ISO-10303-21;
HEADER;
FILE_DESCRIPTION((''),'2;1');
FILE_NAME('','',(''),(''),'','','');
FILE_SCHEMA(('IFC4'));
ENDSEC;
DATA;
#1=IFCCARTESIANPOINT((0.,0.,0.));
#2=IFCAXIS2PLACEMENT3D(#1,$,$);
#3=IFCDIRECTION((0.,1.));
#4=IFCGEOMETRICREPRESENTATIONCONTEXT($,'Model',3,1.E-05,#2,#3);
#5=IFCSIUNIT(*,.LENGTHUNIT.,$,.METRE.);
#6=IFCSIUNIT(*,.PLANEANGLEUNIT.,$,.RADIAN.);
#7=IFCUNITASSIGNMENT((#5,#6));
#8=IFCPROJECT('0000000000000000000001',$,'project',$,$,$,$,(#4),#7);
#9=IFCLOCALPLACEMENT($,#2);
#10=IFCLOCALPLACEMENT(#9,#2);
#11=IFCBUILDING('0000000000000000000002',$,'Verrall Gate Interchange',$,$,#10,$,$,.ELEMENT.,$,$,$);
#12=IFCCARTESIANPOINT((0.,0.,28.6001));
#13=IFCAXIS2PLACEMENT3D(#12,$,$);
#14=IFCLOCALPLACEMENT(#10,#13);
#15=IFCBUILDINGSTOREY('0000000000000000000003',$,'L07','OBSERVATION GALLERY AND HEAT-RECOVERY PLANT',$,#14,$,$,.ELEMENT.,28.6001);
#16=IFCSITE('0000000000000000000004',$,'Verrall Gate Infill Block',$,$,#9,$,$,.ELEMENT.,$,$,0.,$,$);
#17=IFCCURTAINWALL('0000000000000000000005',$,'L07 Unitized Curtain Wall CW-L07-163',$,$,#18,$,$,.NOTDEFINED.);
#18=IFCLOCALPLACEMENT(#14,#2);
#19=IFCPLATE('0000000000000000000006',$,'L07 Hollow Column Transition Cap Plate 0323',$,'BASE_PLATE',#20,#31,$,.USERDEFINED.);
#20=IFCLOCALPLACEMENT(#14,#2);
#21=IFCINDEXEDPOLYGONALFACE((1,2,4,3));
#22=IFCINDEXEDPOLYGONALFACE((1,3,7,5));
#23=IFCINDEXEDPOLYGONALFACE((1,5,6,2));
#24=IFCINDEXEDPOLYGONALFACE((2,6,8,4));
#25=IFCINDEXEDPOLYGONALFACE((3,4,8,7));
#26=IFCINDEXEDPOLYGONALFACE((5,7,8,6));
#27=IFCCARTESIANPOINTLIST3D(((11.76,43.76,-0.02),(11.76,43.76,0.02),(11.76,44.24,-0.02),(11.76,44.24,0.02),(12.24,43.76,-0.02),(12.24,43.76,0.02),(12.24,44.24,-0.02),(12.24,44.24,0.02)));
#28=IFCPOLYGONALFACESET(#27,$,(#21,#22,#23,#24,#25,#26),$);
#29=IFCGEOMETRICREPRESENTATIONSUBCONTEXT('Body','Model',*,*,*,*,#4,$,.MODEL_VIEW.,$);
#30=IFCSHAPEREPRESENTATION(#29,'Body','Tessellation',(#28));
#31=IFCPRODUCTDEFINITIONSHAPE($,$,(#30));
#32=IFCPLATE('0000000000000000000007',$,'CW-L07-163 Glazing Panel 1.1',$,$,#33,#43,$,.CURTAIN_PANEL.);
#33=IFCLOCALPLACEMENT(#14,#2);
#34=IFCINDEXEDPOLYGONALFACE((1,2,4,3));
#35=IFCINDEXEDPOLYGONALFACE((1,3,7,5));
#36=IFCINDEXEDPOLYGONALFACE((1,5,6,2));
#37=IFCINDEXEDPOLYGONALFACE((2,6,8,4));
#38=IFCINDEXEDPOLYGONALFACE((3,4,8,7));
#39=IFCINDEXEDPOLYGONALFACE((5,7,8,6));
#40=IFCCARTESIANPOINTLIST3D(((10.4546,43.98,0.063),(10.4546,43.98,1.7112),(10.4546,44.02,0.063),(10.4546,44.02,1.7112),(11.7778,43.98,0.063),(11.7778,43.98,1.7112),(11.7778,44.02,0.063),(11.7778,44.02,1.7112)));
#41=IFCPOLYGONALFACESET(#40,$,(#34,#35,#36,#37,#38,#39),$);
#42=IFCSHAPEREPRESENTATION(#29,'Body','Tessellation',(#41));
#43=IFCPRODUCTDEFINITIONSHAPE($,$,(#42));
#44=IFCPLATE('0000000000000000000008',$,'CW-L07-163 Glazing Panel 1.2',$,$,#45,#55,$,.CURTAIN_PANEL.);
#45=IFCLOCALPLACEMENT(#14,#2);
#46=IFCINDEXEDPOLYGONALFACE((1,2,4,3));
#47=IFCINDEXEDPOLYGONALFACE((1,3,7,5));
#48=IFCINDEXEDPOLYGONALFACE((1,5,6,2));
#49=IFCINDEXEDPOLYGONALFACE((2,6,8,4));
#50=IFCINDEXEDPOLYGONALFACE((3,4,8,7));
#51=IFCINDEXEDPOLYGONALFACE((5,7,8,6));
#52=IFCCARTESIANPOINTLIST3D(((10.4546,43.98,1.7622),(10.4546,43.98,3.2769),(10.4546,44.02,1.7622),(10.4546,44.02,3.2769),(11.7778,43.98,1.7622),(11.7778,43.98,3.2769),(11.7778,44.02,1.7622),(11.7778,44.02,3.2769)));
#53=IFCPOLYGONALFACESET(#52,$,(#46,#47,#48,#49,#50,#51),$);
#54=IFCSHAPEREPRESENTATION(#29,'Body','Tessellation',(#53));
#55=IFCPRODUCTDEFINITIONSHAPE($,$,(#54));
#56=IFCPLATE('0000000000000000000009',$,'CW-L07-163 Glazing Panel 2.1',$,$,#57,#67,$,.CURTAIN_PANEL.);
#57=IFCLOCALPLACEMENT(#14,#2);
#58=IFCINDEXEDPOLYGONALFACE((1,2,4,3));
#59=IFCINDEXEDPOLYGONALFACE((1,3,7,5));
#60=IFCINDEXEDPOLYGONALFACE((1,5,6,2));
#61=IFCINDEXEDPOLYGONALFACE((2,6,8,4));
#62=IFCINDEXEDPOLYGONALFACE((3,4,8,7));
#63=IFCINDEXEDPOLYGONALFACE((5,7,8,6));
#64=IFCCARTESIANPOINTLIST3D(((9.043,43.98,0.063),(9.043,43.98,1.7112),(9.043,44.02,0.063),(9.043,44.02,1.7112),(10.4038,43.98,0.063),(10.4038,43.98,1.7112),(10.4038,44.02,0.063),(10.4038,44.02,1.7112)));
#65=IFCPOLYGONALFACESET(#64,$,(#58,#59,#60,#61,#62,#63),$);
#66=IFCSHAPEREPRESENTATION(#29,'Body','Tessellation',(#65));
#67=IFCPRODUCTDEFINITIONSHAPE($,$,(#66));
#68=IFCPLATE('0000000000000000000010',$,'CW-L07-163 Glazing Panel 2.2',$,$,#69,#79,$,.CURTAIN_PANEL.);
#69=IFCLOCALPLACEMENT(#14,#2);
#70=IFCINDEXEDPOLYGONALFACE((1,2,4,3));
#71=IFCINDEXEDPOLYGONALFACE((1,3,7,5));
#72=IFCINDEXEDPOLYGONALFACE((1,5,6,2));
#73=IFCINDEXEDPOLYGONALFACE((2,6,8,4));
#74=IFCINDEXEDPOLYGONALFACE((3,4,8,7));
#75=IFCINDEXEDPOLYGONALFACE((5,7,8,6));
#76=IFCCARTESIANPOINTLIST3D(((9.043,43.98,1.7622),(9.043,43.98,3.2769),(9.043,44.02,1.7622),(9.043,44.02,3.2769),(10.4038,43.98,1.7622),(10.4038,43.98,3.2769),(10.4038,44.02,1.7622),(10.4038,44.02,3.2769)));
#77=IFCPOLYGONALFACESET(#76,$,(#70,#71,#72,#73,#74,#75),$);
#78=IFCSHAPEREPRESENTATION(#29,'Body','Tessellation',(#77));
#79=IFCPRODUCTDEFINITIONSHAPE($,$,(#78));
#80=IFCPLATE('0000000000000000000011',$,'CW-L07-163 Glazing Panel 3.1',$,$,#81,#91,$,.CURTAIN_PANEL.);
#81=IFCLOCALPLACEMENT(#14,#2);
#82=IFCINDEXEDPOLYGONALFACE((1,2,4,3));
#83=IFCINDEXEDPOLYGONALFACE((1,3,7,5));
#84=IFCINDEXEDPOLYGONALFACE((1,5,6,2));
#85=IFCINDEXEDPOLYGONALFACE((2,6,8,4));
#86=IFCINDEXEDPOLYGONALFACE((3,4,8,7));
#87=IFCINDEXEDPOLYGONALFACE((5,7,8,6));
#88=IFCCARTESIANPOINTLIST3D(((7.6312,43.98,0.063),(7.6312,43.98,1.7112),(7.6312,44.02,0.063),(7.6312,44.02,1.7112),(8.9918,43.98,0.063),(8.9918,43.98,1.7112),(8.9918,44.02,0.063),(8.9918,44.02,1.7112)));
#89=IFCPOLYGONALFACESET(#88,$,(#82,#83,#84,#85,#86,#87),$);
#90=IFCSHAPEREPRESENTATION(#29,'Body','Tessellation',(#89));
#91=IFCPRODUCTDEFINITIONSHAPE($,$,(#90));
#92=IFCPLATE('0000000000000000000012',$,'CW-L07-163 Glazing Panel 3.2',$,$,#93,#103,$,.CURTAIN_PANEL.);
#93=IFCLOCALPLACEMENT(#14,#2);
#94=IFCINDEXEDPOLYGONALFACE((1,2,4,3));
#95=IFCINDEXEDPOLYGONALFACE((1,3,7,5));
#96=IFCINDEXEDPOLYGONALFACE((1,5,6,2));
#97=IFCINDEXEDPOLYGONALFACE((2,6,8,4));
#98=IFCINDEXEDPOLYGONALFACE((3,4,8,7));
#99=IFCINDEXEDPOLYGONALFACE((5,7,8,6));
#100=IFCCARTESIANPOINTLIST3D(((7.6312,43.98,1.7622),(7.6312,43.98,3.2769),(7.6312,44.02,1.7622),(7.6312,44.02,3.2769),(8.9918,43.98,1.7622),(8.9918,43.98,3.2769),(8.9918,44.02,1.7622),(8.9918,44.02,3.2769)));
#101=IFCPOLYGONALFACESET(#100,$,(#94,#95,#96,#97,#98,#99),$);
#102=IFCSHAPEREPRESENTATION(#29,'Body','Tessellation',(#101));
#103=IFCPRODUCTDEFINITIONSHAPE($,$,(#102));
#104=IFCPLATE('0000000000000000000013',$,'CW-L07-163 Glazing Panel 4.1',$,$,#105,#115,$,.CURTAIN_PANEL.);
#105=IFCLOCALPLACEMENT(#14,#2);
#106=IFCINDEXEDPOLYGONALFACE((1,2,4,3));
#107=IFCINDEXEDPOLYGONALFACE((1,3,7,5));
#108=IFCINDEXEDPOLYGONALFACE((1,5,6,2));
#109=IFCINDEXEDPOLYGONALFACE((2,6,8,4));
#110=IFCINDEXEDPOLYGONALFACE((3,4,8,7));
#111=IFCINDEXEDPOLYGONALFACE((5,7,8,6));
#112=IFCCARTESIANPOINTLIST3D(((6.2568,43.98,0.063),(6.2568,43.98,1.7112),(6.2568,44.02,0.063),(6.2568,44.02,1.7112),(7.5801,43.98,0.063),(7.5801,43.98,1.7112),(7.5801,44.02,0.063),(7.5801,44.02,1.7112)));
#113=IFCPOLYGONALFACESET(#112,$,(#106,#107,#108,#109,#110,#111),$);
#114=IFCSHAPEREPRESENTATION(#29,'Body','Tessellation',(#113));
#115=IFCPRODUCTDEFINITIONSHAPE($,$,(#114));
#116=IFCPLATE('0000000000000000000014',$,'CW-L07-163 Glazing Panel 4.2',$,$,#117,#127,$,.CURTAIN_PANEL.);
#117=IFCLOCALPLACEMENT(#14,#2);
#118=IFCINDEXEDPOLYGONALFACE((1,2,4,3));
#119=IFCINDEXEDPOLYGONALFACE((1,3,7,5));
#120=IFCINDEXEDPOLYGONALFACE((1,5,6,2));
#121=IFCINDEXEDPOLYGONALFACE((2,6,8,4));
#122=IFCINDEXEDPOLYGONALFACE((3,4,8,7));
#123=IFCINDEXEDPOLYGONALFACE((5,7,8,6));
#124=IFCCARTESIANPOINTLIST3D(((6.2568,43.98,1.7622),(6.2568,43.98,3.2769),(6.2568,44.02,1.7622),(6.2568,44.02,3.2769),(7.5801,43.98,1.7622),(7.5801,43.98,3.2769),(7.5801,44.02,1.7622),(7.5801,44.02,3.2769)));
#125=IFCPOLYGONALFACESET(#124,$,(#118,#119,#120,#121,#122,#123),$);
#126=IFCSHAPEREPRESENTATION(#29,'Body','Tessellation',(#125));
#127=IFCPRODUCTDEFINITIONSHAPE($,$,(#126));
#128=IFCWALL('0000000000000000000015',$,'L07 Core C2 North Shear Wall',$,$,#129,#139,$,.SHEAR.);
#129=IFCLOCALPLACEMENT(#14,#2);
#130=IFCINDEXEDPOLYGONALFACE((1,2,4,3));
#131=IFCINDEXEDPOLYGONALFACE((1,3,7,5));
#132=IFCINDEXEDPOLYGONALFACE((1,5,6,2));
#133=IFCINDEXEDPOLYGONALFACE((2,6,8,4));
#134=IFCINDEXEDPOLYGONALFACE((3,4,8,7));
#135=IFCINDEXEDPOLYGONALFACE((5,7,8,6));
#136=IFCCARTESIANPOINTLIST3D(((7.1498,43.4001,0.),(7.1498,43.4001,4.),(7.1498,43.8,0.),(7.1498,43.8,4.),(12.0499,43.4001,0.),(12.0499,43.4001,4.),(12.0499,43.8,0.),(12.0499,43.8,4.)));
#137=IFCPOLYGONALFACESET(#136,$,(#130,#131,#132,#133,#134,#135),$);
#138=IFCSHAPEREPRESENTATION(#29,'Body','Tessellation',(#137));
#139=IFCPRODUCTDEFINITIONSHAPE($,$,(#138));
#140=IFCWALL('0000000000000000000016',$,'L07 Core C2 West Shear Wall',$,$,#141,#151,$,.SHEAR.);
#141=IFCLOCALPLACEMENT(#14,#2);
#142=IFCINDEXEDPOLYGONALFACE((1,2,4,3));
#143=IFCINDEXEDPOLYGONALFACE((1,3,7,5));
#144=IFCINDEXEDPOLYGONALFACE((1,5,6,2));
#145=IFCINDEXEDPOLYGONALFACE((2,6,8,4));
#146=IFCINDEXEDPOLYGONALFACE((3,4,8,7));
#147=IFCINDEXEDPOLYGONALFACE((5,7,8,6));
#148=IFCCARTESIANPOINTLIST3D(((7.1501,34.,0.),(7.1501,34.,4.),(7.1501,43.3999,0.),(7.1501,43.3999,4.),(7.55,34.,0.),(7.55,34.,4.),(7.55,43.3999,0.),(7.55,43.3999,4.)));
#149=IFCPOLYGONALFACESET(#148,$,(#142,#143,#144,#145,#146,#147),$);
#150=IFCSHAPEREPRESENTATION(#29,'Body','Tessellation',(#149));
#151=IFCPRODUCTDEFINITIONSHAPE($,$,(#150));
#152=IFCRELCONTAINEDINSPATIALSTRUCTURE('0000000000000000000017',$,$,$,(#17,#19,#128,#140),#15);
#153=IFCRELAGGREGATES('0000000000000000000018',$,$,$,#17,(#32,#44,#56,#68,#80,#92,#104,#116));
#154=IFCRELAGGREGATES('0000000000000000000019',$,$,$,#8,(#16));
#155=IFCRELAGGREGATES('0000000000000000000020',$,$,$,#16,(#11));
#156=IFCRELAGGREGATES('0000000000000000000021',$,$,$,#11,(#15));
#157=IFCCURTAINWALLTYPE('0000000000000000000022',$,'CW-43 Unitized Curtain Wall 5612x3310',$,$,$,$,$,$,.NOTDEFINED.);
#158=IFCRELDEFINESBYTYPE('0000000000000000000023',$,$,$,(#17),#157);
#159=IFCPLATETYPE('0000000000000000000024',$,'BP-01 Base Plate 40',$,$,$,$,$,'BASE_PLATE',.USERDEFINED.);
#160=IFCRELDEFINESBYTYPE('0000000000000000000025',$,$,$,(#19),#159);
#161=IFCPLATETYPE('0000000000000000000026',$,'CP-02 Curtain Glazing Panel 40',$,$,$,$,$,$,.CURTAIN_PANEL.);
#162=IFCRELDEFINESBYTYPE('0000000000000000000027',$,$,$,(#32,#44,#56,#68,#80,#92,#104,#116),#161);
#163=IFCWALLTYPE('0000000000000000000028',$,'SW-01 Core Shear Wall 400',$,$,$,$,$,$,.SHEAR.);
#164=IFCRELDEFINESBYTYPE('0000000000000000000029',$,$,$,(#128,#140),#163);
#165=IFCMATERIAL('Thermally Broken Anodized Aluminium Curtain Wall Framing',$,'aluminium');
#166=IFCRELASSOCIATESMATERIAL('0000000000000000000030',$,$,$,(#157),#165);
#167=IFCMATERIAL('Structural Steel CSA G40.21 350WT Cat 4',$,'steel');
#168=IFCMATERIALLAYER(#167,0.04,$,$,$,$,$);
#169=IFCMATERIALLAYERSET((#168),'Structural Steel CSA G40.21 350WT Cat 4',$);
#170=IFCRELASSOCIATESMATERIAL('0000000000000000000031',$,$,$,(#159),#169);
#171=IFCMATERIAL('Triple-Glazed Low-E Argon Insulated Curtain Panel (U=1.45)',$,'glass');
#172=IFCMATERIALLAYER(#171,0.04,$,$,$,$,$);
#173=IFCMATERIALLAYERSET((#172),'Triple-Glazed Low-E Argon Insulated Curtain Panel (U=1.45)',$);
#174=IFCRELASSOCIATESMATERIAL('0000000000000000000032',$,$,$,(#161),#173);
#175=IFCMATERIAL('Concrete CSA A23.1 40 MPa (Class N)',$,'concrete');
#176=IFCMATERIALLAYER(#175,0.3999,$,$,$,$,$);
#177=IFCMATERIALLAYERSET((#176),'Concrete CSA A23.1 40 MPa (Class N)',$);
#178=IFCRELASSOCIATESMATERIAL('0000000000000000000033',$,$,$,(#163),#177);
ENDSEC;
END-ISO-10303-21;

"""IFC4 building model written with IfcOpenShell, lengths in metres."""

from ifc_helpers import new_model, si_unit, direction, frame, frame_2d, origin, origin_2d, place, context, subcontext, project, spatial, rectangle, extrude, material, layer, layer_set, type_object, element, aggregate, save


model = new_model("IFC4")

# Units and contexts
model_context = context("Model", 3, precision=1e-05, world=origin(), true_north=direction((0.0, 1.0)))
body_context = subcontext(model_context, "Body", "Model", "MODEL_VIEW")
ifc_project = project(units=[si_unit("LENGTHUNIT", "METRE"), si_unit("PLANEANGLEUNIT", "RADIAN")], contexts=[model_context])

# Site, building, storey
site_placement = place(None, origin())
site = spatial("IfcSite", under=ifc_project, at=site_placement, Name="Verrall Gate Infill Block", CompositionType="ELEMENT", RefElevation=0.0)
building_placement = place(site_placement, origin())
building = spatial("IfcBuilding", under=site, at=building_placement, Name="Verrall Gate Interchange", CompositionType="ELEMENT")
storey_placement = place(building_placement, frame((0.0, 0.0, 28.6001)))
storey = spatial("IfcBuildingStorey", under=building, at=storey_placement, Name="L07", Description="OBSERVATION GALLERY AND HEAT-RECOVERY PLANT", CompositionType="ELEMENT", Elevation=28.6001)

# Curtain wall
ifc_material_1 = material(Name="Thermally Broken Anodized Aluminium Curtain Wall Framing", Category="aluminium")
curtain_wall_type = type_object("IfcCurtainWallType", Name="CW-43 Unitized Curtain Wall 5612x3310", PredefinedType="NOTDEFINED", material=ifc_material_1)
curtain_wall_placement = place(storey_placement, origin())
curtain_wall = element("IfcCurtainWall", 1, at=curtain_wall_placement, inside=storey, type_object=curtain_wall_type, Name="L07 Unitized Curtain Wall CW-L07-163", PredefinedType="NOTDEFINED")

# Plate
ifc_material_2 = material(Name="Structural Steel CSA G40.21 350WT Cat 4", Category="steel")
ifc_layer_1 = layer(ifc_material_2, 0.04)
ifc_layer_set_1 = layer_set([ifc_layer_1], Name="Structural Steel CSA G40.21 350WT Cat 4")
plate_type_1 = type_object("IfcPlateType", Name="BP-01 Base Plate 40", ElementType="BASE_PLATE", PredefinedType="USERDEFINED", material=ifc_layer_set_1)
for number, where, z_axis, x_axis, name in (
    (2, (12.0, 44.0, -0.02), (0.0, 0.0, 1.0), (1.0, 0.0, 0.0), "L07 Hollow Column Transition Cap Plate 0323"),
):
    element("IfcPlate", number, at=place(storey_placement, frame(where, z_axis=z_axis, x_axis=x_axis)), inside=storey, type_object=plate_type_1, Name=name, ObjectType="BASE_PLATE", PredefinedType="USERDEFINED", context=body_context, shape_type="SweptSolid", body=[
        extrude(rectangle(XDim=0.48, YDim=0.48, at=origin_2d()), origin(), (0.0, 0.0, 1.0), 0.04),
    ])

# Plates
ifc_material_3 = material(Name="Triple-Glazed Low-E Argon Insulated Curtain Panel (U=1.45)", Category="glass")
ifc_layer_2 = layer(ifc_material_3, 0.04)
ifc_layer_set_2 = layer_set([ifc_layer_2], Name="Triple-Glazed Low-E Argon Insulated Curtain Panel (U=1.45)")
plate_type_2 = type_object("IfcPlateType", Name="CP-02 Curtain Glazing Panel 40", PredefinedType="CURTAIN_PANEL", material=ifc_layer_set_2)
plate_1_placement = place(storey_placement, frame((11.1162, 44.0, 0.063), z_axis=(0.0, 0.0, 1.0), x_axis=(-1.0, 0.0, 0.0)))
plate_1 = element("IfcPlate", 3, at=plate_1_placement, type_object=plate_type_2, Name="CW-L07-163 Glazing Panel 1.1", PredefinedType="CURTAIN_PANEL", context=body_context, shape_type="SweptSolid", body=[
    extrude(rectangle(XDim=1.3232, YDim=0.04, at=origin_2d()), origin(), (0.0, 0.0, 1.0), 1.6482),
])
plate_2_placement = place(storey_placement, frame((11.1162, 44.0, 1.7622), z_axis=(0.0, 0.0, 1.0), x_axis=(-1.0, 0.0, 0.0)))
plate_2 = element("IfcPlate", 4, at=plate_2_placement, type_object=plate_type_2, Name="CW-L07-163 Glazing Panel 1.2", PredefinedType="CURTAIN_PANEL", context=body_context, shape_type="SweptSolid", body=[
    extrude(rectangle(XDim=1.3232, YDim=0.04, at=origin_2d()), origin(), (0.0, 0.0, 1.0), 1.5146),
])
plate_3_placement = place(storey_placement, frame((9.7234, 44.0, 0.063), z_axis=(0.0, 0.0, 1.0), x_axis=(-1.0, 0.0, 0.0)))
plate_3 = element("IfcPlate", 5, at=plate_3_placement, type_object=plate_type_2, Name="CW-L07-163 Glazing Panel 2.1", PredefinedType="CURTAIN_PANEL", context=body_context, shape_type="SweptSolid", body=[
    extrude(rectangle(XDim=1.3608, YDim=0.04, at=origin_2d()), origin(), (0.0, 0.0, 1.0), 1.6482),
])
plate_4_placement = place(storey_placement, frame((9.7234, 44.0, 1.7622), z_axis=(0.0, 0.0, 1.0), x_axis=(-1.0, 0.0, 0.0)))
plate_4 = element("IfcPlate", 6, at=plate_4_placement, type_object=plate_type_2, Name="CW-L07-163 Glazing Panel 2.2", PredefinedType="CURTAIN_PANEL", context=body_context, shape_type="SweptSolid", body=[
    extrude(rectangle(XDim=1.3608, YDim=0.04, at=origin_2d()), origin(), (0.0, 0.0, 1.0), 1.5146),
])
plate_5_placement = place(storey_placement, frame((8.3115, 44.0, 0.063), z_axis=(0.0, 0.0, 1.0), x_axis=(-1.0, 0.0, 0.0)))
plate_5 = element("IfcPlate", 7, at=plate_5_placement, type_object=plate_type_2, Name="CW-L07-163 Glazing Panel 3.1", PredefinedType="CURTAIN_PANEL", context=body_context, shape_type="SweptSolid", body=[
    extrude(rectangle(XDim=1.3606, YDim=0.04, at=origin_2d()), origin(), (0.0, 0.0, 1.0), 1.6482),
])
plate_6_placement = place(storey_placement, frame((8.3115, 44.0, 1.7622), z_axis=(0.0, 0.0, 1.0), x_axis=(-1.0, 0.0, 0.0)))
plate_6 = element("IfcPlate", 8, at=plate_6_placement, type_object=plate_type_2, Name="CW-L07-163 Glazing Panel 3.2", PredefinedType="CURTAIN_PANEL", context=body_context, shape_type="SweptSolid", body=[
    extrude(rectangle(XDim=1.3606, YDim=0.04, at=origin_2d()), origin(), (0.0, 0.0, 1.0), 1.5146),
])
plate_7_placement = place(storey_placement, frame((6.9185, 44.0, 0.063), z_axis=(0.0, 0.0, 1.0), x_axis=(-1.0, 0.0, 0.0)))
plate_7 = element("IfcPlate", 9, at=plate_7_placement, type_object=plate_type_2, Name="CW-L07-163 Glazing Panel 4.1", PredefinedType="CURTAIN_PANEL", context=body_context, shape_type="SweptSolid", body=[
    extrude(rectangle(XDim=1.3232, YDim=0.04, at=origin_2d()), origin(), (0.0, 0.0, 1.0), 1.6482),
])
plate_8_placement = place(storey_placement, frame((6.9185, 44.0, 1.7622), z_axis=(0.0, 0.0, 1.0), x_axis=(-1.0, 0.0, 0.0)))
plate_8 = element("IfcPlate", 10, at=plate_8_placement, type_object=plate_type_2, Name="CW-L07-163 Glazing Panel 4.2", PredefinedType="CURTAIN_PANEL", context=body_context, shape_type="SweptSolid", body=[
    extrude(rectangle(XDim=1.3232, YDim=0.04, at=origin_2d()), origin(), (0.0, 0.0, 1.0), 1.5146),
])
aggregate(curtain_wall, [plate_1, plate_2, plate_3, plate_4, plate_5, plate_6, plate_7, plate_8])

# Walls
ifc_material_4 = material(Name="Concrete CSA A23.1 40 MPa (Class N)", Category="concrete")
ifc_layer_3 = layer(ifc_material_4, 0.3999)
ifc_layer_set_3 = layer_set([ifc_layer_3], Name="Concrete CSA A23.1 40 MPa (Class N)")
wall_type = type_object("IfcWallType", Name="SW-01 Core Shear Wall 400", PredefinedType="SHEAR", material=ifc_layer_set_3)
wall_1_placement = place(storey_placement, frame((12.05, 43.6001, 0.0), z_axis=(0.0, 0.0, 1.0), x_axis=(-1.0, 0.0, 0.0)))
element("IfcWall", 11, at=wall_1_placement, inside=storey, type_object=wall_type, Name="L07 Core C2 North Shear Wall", PredefinedType="SHEAR", context=body_context, shape_type="SweptSolid", body=[
    extrude(rectangle(XDim=4.9001, YDim=0.3999, at=frame_2d((2.4502, 0.0))), origin(), (0.0, 0.0, 1.0), 4.0),
])
wall_2_placement = place(storey_placement, frame((7.3501, 43.3999, 0.0), z_axis=(0.0, 0.0, 1.0), x_axis=(0.0, -1.0, 0.0)))
element("IfcWall", 12, at=wall_2_placement, inside=storey, type_object=wall_type, Name="L07 Core C2 West Shear Wall", PredefinedType="SHEAR", context=body_context, shape_type="SweptSolid", body=[
    extrude(rectangle(XDim=9.3999, YDim=0.3999, at=frame_2d((4.7, 0.0))), origin(), (0.0, 0.0, 1.0), 4.0),
])

save(model, "model.ifc")
